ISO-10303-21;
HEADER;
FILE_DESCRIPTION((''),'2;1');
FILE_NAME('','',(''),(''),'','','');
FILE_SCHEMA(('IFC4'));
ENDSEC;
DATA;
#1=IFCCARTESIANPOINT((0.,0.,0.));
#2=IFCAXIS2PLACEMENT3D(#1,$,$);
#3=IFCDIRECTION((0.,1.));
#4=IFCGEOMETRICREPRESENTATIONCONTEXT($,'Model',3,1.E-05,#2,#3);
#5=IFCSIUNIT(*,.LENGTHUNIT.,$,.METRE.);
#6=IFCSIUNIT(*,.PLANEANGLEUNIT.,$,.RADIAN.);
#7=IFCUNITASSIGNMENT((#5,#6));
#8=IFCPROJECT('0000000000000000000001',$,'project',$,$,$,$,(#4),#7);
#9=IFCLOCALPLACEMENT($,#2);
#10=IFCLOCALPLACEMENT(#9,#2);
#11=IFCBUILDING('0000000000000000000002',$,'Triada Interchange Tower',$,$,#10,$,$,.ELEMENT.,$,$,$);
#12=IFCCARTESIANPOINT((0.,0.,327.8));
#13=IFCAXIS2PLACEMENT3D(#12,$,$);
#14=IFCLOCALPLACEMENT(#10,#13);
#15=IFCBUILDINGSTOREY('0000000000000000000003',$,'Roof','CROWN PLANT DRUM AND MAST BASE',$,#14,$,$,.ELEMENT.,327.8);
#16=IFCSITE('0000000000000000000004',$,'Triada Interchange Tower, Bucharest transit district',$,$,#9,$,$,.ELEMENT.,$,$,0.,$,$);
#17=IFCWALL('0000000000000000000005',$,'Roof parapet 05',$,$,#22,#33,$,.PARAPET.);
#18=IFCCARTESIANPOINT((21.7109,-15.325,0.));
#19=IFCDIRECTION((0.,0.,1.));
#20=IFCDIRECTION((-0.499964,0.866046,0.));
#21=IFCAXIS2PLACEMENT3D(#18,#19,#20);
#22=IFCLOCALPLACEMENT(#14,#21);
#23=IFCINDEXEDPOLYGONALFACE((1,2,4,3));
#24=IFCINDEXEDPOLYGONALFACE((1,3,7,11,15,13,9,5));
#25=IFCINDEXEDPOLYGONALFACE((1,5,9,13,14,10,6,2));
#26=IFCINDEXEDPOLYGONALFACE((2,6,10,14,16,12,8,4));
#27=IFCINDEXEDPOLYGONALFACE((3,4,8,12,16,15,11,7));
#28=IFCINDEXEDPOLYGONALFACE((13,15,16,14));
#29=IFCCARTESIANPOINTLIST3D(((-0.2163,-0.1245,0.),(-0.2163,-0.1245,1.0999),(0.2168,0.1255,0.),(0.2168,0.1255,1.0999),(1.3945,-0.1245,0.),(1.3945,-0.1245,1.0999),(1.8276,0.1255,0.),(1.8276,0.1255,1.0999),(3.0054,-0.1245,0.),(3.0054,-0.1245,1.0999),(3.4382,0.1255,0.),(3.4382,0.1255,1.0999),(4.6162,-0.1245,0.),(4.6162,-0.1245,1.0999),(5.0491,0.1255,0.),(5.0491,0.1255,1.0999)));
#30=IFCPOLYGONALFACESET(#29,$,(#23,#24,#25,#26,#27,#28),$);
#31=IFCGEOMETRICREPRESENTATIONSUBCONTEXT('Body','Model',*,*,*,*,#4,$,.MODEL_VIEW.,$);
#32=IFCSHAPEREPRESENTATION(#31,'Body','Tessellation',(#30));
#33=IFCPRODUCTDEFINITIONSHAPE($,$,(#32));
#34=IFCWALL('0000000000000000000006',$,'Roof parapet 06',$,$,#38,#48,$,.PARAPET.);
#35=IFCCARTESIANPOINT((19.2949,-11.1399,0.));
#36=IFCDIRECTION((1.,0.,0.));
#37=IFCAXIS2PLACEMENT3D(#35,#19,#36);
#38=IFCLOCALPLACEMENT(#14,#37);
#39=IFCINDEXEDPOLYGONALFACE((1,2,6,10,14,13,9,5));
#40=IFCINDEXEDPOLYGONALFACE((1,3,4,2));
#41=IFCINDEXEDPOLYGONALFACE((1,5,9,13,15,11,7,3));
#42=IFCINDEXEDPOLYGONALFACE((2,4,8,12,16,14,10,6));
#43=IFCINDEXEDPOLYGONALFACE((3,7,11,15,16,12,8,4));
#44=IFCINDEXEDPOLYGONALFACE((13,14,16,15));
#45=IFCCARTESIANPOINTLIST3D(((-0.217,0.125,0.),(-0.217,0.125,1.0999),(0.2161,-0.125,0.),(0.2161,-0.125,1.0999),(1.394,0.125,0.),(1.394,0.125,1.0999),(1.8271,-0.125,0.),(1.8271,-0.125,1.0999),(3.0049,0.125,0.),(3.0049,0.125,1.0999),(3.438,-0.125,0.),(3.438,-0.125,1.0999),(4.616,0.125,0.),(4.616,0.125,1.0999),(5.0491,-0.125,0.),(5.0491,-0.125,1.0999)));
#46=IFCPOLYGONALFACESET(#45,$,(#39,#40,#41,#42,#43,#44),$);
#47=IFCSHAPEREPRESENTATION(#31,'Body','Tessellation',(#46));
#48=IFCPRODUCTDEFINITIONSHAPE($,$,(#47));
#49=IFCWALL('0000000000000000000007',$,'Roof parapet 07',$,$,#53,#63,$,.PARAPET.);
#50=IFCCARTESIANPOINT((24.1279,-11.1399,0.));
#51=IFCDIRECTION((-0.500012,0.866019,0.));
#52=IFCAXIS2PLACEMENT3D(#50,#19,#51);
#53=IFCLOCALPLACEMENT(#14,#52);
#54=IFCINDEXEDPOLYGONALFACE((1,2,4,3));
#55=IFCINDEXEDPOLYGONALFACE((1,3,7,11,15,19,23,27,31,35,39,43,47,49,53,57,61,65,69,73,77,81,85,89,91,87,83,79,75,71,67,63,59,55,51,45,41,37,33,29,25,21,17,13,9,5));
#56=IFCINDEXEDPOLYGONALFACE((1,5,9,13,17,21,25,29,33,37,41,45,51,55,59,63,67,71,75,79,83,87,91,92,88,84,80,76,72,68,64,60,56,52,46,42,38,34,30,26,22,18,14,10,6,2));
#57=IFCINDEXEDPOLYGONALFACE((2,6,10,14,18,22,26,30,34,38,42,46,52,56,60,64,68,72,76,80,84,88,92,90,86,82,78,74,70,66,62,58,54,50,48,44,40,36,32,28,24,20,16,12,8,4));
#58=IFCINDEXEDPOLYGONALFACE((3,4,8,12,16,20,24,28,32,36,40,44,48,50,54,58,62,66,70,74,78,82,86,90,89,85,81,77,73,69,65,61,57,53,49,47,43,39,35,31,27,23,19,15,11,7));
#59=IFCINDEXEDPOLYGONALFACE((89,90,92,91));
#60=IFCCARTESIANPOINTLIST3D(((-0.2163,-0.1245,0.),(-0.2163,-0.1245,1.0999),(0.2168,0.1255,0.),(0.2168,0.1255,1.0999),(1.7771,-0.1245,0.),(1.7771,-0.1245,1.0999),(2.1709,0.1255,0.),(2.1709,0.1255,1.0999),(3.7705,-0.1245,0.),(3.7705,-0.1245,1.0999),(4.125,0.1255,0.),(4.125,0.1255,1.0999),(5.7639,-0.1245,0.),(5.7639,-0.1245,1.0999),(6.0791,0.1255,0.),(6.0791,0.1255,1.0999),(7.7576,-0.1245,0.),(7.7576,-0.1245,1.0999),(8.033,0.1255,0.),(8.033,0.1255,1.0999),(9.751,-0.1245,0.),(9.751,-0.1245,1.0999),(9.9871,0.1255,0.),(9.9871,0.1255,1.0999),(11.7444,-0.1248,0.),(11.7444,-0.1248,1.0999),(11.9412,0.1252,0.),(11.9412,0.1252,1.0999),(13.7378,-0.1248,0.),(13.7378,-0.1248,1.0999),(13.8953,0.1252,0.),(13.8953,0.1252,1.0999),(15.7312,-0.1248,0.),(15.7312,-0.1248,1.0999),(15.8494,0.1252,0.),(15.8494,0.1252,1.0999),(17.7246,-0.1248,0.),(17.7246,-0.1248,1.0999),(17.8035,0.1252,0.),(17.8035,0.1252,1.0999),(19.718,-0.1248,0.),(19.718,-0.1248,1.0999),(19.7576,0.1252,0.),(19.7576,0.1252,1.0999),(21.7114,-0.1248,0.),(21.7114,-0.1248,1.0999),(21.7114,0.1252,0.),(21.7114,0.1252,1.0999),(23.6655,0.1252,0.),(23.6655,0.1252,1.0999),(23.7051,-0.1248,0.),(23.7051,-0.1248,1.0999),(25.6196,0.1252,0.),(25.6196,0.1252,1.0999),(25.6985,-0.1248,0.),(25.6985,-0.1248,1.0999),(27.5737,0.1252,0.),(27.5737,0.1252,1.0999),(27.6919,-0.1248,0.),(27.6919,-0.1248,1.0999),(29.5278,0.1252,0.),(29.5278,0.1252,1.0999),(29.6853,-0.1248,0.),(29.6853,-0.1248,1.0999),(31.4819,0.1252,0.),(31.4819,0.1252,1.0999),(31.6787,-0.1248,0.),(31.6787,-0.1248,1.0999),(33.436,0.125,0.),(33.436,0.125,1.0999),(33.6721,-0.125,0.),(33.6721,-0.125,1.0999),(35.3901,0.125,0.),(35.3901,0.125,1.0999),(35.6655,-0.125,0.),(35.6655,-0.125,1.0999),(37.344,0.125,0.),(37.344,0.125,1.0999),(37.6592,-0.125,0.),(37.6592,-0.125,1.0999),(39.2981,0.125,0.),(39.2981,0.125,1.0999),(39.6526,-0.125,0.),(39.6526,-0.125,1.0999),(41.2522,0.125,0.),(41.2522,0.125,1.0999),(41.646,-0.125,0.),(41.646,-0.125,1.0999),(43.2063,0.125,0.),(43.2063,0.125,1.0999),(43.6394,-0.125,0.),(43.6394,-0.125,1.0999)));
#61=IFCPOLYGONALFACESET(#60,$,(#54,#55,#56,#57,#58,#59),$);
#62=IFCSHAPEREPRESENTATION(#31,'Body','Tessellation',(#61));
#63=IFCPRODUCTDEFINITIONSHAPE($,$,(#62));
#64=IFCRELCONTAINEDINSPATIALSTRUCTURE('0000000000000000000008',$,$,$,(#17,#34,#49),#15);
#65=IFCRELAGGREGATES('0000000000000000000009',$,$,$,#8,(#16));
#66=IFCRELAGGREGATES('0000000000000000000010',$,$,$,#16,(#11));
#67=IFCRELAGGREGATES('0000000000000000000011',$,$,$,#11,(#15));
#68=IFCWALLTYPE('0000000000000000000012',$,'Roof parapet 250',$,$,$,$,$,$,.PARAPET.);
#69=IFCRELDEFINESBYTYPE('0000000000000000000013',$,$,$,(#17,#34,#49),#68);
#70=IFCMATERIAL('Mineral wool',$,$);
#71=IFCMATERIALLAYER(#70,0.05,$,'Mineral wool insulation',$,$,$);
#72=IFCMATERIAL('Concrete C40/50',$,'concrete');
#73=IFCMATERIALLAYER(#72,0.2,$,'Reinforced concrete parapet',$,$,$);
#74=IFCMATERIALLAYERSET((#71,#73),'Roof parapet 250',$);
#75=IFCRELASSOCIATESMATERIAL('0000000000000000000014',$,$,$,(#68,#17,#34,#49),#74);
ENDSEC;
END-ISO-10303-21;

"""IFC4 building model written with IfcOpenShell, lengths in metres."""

from ifc_helpers import new_model, si_unit, direction, frame, origin, place, context, subcontext, project, spatial, polyline, outline, extrude, material, layer, layer_set, layer_usage, type_object, element, save


model = new_model("IFC4")

# Units and contexts
model_context = context("Model", 3, precision=1e-05, world=origin(), true_north=direction((0.0, 1.0)))
body_context = subcontext(model_context, "Body", "Model", "MODEL_VIEW")
ifc_project = project(units=[si_unit("LENGTHUNIT", "METRE"), si_unit("PLANEANGLEUNIT", "RADIAN")], contexts=[model_context])

# Site, building, storey
site_placement = place(None, origin())
site = spatial("IfcSite", under=ifc_project, at=site_placement, Name="Triada Interchange Tower, Bucharest transit district", CompositionType="ELEMENT", RefElevation=0.0)
building_placement = place(site_placement, origin())
building = spatial("IfcBuilding", under=site, at=building_placement, Name="Triada Interchange Tower", CompositionType="ELEMENT")
storey_placement = place(building_placement, frame((0.0, 0.0, 327.8)))
storey = spatial("IfcBuildingStorey", under=building, at=storey_placement, Name="Roof", Description="CROWN PLANT DRUM AND MAST BASE", CompositionType="ELEMENT", Elevation=327.8)

# Shared definitions
ifc_material_1 = material(Name="Mineral wool")

# Walls
ifc_layer_1 = layer(ifc_material_1, 0.05, Name="Mineral wool insulation")
ifc_material_2 = material(Name="Concrete C40/50", Category="concrete")
ifc_layer_2 = layer(ifc_material_2, 0.2, Name="Reinforced concrete parapet")
ifc_layer_set_1 = layer_set([ifc_layer_1, ifc_layer_2], Name="Roof parapet 250")
ifc_layer_usage_1 = layer_usage(ifc_layer_set_1, "AXIS2", "POSITIVE", -0.125)
wall_type_1 = type_object("IfcWallType", Name="Roof parapet 250", PredefinedType="PARAPET", material=ifc_layer_set_1)
wall_1_placement = place(storey_placement, frame((21.7109, -15.325, 0.0), z_axis=(0.0, 0.0, 1.0), x_axis=(-0.499964, 0.866046, 0.0)))
element("IfcWall", 1, at=wall_1_placement, inside=storey, type_object=wall_type_1, material=ifc_layer_usage_1, Name="Roof parapet 05", PredefinedType="PARAPET", context=body_context, shape_type="SweptSolid", body=[
    extrude(outline(polyline([(-0.2163, -0.1245), (1.3945, -0.1245), (3.0054, -0.1245), (4.6162, -0.1245), (5.0491, 0.1255), (3.4382, 0.1255), (1.8276, 0.1255), (0.2168, 0.1255), (-0.2163, -0.1245)])), origin(), (0.0, 0.0, 1.0), 1.0999),
])
wall_2_placement = place(storey_placement, frame((19.2949, -11.1399, 0.0), z_axis=(0.0, 0.0, 1.0), x_axis=(1.0, 0.0, 0.0)))
element("IfcWall", 2, at=wall_2_placement, inside=storey, type_object=wall_type_1, material=ifc_layer_usage_1, Name="Roof parapet 06", PredefinedType="PARAPET", context=body_context, shape_type="SweptSolid", body=[
    extrude(outline(polyline([(0.2161, -0.125), (1.8271, -0.125), (3.438, -0.125), (5.0491, -0.125), (4.616, 0.125), (3.0049, 0.125), (1.394, 0.125), (-0.217, 0.125), (0.2161, -0.125)])), origin(), (0.0, 0.0, 1.0), 1.0999),
])
wall_3_placement = place(storey_placement, frame((24.1279, -11.1399, 0.0), z_axis=(0.0, 0.0, 1.0), x_axis=(-0.500012, 0.866019, 0.0)))
element("IfcWall", 3, at=wall_3_placement, inside=storey, type_object=wall_type_1, material=ifc_layer_usage_1, Name="Roof parapet 07", PredefinedType="PARAPET", context=body_context, shape_type="SweptSolid", body=[
    extrude(outline(polyline([(-0.2163, -0.1245), (1.7771, -0.1245), (3.7705, -0.1245), (5.7639, -0.1245), (7.7576, -0.1245), (9.751, -0.1245), (11.7444, -0.1248), (13.7378, -0.1248), (15.7312, -0.1248), (17.7246, -0.1248), (19.718, -0.1248), (21.7114, -0.1248), (23.7051, -0.1248), (25.6985, -0.1248), (27.6919, -0.1248), (29.6853, -0.1248), (31.6787, -0.1248), (33.6721, -0.125), (35.6655, -0.125), (37.6592, -0.125), (39.6526, -0.125), (41.646, -0.125), (43.6394, -0.125), (43.2063, 0.125), (41.2522, 0.125), (39.2981, 0.125), (37.344, 0.125), (35.3901, 0.125), (33.436, 0.125), (31.4819, 0.1252), (29.5278, 0.1252), (27.5737, 0.1252), (25.6196, 0.1252), (23.6655, 0.1252), (21.7114, 0.1252), (19.7576, 0.1252), (17.8035, 0.1252), (15.8494, 0.1252), (13.8953, 0.1252), (11.9412, 0.1252), (9.9871, 0.1255), (8.033, 0.1255), (6.0791, 0.1255), (4.125, 0.1255), (2.1709, 0.1255), (0.2168, 0.1255), (-0.2163, -0.1245)])), origin(), (0.0, 0.0, 1.0), 1.0999),
])

save(model, "model.ifc")
